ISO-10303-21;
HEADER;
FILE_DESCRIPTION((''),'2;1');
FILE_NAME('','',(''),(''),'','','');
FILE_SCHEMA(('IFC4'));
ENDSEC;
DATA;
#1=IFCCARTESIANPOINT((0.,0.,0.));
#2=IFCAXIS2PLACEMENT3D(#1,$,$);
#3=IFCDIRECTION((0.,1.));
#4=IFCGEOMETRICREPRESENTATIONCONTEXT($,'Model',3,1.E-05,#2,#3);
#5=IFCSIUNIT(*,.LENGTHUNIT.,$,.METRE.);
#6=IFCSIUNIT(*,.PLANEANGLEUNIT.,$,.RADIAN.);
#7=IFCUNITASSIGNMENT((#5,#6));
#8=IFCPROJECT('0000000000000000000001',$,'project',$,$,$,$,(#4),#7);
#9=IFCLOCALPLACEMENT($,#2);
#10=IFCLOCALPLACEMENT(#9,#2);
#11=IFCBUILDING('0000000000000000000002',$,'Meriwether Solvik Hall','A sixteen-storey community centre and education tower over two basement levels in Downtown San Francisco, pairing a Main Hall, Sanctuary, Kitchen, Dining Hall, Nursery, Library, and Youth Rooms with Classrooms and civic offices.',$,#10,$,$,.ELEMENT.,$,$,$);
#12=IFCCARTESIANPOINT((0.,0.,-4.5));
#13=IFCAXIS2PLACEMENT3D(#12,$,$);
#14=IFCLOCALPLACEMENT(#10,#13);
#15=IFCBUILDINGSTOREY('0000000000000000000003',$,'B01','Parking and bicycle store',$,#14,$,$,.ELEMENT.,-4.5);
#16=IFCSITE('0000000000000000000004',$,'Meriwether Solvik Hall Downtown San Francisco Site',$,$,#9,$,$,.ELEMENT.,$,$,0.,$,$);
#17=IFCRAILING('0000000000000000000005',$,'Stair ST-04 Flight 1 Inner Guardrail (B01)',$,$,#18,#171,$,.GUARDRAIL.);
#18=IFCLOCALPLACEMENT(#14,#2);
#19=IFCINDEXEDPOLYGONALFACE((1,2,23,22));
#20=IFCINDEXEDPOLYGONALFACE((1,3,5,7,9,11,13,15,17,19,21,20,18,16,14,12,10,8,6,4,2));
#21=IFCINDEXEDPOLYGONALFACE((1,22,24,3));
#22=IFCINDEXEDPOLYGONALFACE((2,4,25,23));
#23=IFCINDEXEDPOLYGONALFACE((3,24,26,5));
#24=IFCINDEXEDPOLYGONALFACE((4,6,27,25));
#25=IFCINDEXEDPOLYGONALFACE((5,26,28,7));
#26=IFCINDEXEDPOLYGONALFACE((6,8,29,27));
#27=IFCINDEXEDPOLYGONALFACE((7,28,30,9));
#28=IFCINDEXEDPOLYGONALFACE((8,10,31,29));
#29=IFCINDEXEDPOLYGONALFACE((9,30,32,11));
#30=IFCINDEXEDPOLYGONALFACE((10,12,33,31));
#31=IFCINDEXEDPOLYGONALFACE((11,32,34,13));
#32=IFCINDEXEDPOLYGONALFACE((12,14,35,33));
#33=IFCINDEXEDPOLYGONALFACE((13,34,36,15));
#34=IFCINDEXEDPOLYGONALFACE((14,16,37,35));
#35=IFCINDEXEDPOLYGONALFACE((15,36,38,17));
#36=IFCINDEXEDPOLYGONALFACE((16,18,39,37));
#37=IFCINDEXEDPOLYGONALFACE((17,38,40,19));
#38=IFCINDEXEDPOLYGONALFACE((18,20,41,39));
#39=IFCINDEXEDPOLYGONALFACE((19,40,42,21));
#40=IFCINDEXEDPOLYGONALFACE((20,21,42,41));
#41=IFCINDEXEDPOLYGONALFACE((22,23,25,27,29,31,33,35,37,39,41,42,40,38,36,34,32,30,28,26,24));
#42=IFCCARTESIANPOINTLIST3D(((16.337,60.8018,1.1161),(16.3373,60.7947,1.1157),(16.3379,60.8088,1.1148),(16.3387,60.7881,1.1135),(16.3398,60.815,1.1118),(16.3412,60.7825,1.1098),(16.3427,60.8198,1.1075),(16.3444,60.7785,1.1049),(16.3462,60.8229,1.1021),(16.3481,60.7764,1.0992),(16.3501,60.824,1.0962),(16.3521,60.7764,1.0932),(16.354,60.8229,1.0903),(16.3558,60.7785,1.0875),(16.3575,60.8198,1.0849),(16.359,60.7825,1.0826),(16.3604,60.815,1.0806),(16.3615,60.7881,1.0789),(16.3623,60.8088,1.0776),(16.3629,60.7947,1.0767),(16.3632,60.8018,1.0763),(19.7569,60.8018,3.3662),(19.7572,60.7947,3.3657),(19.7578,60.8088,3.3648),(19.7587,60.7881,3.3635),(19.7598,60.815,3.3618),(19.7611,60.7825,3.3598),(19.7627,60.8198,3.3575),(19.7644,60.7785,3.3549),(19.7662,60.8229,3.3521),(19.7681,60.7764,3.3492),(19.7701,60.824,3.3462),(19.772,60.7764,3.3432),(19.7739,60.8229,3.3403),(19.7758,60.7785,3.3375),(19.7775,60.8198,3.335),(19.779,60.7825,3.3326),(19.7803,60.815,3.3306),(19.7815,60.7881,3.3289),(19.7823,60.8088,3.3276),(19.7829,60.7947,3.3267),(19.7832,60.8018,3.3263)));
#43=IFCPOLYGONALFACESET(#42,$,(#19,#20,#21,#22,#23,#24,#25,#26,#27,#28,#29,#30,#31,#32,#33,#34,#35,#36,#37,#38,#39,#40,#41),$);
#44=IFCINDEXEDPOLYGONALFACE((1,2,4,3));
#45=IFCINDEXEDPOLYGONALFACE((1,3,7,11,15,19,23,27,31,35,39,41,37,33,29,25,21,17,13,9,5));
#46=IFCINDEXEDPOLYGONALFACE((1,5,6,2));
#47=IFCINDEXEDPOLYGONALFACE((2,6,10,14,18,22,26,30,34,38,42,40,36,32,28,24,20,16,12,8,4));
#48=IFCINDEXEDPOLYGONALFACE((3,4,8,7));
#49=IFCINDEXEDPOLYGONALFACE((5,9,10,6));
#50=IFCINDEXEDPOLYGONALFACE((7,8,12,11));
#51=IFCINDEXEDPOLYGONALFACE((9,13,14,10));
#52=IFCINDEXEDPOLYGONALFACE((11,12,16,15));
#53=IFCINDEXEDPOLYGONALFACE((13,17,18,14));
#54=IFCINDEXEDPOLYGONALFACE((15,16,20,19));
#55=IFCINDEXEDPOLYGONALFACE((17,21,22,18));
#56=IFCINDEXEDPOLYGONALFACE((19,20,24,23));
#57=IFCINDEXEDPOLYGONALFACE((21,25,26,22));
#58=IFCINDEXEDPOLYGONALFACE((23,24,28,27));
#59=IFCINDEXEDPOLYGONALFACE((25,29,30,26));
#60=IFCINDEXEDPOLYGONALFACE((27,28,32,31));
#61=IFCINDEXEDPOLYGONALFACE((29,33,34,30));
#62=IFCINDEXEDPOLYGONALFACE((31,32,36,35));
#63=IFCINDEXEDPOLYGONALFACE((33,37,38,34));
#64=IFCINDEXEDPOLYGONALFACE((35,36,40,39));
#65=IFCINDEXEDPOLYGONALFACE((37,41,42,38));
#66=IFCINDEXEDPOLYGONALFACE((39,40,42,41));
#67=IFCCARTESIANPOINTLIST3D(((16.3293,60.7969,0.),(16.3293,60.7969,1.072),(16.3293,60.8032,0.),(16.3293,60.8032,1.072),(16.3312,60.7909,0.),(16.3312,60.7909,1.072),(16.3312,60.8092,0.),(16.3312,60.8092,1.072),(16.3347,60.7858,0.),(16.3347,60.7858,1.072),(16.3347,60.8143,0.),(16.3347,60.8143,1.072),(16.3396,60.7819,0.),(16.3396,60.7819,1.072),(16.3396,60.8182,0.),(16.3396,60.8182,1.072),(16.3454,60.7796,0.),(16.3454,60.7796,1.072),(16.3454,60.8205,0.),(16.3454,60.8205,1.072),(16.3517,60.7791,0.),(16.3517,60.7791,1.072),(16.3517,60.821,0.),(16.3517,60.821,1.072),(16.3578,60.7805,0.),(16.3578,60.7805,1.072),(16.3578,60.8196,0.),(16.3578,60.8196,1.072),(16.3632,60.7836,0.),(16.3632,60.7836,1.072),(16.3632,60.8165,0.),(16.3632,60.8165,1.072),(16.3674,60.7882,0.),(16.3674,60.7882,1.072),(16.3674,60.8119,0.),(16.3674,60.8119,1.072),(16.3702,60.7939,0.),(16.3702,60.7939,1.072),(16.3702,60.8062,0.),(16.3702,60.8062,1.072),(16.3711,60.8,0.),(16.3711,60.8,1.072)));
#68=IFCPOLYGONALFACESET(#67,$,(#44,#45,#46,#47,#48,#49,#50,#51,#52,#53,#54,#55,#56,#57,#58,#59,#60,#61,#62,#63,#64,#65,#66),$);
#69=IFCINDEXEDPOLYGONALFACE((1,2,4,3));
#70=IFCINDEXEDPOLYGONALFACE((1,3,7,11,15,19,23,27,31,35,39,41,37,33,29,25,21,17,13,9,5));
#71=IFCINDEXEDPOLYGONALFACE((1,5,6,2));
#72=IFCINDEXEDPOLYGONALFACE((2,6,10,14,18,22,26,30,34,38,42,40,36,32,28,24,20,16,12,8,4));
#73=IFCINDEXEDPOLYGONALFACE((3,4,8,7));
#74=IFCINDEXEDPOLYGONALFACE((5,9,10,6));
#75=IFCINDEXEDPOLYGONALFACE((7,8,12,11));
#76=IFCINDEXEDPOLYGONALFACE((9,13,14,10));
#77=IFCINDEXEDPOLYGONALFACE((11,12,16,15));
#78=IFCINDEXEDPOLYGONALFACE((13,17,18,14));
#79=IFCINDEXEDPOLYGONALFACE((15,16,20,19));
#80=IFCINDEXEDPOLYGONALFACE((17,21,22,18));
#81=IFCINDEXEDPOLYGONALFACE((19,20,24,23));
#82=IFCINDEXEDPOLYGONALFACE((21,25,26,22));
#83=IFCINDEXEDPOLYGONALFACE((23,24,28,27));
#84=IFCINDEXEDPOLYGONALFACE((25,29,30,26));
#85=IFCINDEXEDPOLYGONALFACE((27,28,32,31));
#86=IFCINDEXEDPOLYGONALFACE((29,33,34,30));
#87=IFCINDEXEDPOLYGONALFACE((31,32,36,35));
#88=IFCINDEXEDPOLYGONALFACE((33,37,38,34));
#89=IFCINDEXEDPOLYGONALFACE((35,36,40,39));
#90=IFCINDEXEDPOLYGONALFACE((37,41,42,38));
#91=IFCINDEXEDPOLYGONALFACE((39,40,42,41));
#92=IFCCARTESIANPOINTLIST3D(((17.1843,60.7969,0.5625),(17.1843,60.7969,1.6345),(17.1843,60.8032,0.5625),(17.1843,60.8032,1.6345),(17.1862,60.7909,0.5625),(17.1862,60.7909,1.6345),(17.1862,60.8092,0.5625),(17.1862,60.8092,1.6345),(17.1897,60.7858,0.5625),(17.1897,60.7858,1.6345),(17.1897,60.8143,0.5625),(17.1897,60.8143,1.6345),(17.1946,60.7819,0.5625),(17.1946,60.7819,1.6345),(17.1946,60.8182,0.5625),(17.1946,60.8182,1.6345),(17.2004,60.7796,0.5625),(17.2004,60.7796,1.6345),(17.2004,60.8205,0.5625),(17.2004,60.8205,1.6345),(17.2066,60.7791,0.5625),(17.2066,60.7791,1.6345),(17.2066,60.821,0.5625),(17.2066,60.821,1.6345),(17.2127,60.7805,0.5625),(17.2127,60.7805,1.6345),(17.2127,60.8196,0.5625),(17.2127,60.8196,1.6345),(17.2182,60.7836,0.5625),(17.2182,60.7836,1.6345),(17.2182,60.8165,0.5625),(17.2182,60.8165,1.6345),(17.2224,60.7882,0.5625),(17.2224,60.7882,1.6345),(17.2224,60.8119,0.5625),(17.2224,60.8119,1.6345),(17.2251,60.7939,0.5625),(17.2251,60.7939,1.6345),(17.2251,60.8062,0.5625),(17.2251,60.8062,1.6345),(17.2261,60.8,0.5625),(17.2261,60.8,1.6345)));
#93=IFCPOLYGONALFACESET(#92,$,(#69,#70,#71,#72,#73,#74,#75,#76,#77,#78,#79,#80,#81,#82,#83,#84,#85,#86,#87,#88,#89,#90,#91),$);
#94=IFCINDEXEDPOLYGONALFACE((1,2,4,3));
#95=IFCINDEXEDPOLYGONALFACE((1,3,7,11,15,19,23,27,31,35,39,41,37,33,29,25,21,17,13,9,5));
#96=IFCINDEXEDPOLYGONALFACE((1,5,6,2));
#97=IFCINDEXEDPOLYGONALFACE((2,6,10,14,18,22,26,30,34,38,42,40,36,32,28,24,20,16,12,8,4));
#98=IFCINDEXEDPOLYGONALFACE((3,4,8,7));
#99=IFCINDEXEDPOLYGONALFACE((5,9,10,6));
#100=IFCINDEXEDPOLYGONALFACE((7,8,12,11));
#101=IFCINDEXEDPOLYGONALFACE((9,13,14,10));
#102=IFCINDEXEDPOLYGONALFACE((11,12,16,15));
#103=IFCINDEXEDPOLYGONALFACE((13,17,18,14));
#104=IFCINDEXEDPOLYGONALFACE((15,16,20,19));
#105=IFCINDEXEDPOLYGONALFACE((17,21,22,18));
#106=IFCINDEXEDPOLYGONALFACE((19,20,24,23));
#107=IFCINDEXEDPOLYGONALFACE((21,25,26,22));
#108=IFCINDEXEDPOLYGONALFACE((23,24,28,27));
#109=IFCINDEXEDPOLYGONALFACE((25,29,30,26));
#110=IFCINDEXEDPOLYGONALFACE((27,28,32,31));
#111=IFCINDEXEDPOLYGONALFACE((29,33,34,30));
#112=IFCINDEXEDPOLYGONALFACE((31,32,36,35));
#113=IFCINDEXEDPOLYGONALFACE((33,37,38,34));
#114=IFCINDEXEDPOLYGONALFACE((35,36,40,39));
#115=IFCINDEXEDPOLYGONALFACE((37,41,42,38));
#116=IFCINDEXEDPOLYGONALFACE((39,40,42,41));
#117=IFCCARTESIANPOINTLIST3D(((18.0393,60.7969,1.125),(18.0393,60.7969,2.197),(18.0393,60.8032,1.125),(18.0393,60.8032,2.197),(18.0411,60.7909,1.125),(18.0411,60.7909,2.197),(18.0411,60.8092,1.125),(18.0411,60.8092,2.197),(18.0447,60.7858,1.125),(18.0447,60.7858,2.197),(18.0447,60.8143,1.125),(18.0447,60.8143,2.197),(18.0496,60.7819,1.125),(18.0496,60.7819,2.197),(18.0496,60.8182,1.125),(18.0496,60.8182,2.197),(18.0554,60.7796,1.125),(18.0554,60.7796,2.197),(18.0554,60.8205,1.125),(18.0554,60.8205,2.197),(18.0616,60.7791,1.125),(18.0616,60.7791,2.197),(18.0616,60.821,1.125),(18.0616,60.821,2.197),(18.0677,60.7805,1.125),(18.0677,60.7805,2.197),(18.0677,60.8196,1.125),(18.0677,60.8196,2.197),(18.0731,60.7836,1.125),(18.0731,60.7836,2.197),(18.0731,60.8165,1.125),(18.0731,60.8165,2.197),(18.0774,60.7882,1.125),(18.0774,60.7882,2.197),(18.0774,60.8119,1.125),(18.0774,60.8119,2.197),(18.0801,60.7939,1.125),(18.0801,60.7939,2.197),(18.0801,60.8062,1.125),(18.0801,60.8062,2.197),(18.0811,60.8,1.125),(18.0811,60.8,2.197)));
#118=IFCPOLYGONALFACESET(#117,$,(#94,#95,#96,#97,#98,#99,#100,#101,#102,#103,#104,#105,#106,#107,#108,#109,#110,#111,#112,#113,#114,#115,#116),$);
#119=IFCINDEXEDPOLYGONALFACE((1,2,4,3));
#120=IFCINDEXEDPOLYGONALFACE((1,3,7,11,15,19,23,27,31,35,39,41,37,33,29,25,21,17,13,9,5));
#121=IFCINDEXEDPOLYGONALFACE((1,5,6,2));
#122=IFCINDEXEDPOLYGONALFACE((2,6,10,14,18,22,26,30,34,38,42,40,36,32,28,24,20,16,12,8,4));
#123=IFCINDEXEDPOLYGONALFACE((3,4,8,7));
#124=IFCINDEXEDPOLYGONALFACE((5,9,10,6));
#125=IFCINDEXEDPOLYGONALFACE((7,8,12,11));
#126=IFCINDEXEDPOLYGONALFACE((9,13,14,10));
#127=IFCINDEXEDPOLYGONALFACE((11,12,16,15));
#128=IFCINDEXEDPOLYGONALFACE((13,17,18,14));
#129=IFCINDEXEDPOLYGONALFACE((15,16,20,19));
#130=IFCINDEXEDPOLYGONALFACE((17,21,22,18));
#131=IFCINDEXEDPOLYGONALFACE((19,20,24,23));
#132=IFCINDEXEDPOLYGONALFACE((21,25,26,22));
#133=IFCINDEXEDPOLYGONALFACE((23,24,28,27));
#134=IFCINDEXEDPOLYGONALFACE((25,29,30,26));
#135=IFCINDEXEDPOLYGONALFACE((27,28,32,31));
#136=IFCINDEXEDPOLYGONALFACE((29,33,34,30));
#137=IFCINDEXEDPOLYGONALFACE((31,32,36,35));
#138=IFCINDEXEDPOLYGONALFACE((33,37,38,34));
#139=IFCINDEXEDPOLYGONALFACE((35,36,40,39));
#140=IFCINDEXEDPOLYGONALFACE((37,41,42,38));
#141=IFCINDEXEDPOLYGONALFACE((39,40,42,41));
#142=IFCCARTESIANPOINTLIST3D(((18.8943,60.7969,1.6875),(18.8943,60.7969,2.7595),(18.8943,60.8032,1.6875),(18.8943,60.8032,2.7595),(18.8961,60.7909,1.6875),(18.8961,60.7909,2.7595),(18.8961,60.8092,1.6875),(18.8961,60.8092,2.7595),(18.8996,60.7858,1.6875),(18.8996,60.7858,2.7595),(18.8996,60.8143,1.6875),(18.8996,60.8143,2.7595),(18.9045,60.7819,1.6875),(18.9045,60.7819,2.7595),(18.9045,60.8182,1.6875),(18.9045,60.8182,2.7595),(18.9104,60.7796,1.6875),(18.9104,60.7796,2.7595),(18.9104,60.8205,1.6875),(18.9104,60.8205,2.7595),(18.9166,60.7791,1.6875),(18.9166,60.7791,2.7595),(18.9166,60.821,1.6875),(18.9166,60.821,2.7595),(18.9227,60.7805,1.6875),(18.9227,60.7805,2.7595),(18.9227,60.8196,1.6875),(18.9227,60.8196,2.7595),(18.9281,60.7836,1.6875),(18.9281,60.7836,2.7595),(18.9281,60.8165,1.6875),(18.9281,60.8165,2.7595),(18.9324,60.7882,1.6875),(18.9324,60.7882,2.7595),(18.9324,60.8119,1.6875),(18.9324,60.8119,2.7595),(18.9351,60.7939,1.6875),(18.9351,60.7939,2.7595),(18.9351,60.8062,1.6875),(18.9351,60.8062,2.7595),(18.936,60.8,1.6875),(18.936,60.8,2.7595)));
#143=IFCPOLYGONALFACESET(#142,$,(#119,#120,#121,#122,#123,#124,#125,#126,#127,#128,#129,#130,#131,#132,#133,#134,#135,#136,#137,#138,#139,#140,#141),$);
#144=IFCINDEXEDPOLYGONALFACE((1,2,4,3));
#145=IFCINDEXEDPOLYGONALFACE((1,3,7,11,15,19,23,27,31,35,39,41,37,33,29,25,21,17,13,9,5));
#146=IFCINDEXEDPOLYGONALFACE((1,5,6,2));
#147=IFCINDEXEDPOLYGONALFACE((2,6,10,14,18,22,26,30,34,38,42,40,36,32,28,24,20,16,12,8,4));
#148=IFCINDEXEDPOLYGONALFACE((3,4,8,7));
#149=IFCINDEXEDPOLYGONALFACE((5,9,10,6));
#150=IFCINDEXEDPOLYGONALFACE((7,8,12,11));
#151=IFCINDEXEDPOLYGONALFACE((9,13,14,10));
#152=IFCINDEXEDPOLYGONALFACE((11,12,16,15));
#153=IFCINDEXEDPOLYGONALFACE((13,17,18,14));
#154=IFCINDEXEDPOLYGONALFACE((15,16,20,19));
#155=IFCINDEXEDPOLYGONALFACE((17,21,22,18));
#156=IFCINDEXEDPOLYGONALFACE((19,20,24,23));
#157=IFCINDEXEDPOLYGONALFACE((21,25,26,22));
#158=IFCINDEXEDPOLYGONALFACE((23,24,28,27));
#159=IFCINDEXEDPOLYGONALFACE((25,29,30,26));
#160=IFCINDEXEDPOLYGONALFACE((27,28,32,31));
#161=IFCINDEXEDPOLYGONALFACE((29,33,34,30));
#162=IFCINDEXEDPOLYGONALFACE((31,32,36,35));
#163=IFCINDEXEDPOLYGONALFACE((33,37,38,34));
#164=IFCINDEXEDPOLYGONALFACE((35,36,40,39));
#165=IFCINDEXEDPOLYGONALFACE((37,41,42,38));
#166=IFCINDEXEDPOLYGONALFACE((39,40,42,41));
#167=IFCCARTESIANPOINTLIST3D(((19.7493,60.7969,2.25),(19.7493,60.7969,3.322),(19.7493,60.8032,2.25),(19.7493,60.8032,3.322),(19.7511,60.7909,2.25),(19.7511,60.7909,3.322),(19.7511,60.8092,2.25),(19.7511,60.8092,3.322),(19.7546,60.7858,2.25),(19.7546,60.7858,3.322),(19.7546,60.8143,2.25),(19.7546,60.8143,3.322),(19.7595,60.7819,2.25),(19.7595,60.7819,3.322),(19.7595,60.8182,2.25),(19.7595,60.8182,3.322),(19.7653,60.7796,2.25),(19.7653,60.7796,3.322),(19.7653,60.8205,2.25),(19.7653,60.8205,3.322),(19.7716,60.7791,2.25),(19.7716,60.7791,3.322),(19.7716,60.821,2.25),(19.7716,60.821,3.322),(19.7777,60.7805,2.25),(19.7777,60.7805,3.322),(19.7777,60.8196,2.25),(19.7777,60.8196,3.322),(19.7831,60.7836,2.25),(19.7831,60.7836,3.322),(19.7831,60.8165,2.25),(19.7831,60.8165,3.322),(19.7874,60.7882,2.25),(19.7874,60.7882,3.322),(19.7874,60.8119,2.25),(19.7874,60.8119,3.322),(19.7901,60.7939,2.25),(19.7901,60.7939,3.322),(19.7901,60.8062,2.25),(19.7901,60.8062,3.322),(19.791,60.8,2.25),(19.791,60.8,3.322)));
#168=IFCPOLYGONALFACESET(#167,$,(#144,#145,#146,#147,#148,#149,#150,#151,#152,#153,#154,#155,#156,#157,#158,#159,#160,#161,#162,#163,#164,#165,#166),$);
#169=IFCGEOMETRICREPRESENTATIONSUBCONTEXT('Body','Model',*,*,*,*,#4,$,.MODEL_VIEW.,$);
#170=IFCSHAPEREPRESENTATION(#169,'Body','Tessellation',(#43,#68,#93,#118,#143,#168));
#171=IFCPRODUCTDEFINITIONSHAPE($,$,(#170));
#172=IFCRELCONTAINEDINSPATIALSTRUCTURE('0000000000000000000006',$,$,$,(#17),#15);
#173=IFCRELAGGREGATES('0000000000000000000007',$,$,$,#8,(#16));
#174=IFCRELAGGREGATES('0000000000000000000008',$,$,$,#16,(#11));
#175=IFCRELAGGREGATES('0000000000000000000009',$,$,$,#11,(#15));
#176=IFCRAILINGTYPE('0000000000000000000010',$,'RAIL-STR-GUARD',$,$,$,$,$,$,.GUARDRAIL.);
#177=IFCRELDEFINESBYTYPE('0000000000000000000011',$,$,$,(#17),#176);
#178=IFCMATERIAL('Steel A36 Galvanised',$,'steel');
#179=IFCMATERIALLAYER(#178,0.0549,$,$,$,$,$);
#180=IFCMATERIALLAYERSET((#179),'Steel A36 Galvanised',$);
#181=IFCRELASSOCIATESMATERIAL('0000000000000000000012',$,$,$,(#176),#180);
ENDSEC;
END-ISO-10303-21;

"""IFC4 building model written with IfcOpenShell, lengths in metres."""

from ifc_helpers import new_model, si_unit, direction, frame, origin, origin_2d, place, context, subcontext, project, spatial, circle, extrude, material, layer, layer_set, type_object, element, save


model = new_model("IFC4")

# Units and contexts
model_context = context("Model", 3, precision=1e-05, world=origin(), true_north=direction((0.0, 1.0)))
body_context = subcontext(model_context, "Body", "Model", "MODEL_VIEW")
ifc_project = project(units=[si_unit("LENGTHUNIT", "METRE"), si_unit("PLANEANGLEUNIT", "RADIAN")], contexts=[model_context])

# Site, building, storey
site_placement = place(None, origin())
site = spatial("IfcSite", under=ifc_project, at=site_placement, Name="Meriwether Solvik Hall Downtown San Francisco Site", CompositionType="ELEMENT", RefElevation=0.0)
building_placement = place(site_placement, origin())
building = spatial("IfcBuilding", under=site, at=building_placement, Name="Meriwether Solvik Hall", Description="A sixteen-storey community centre and education tower over two basement levels in Downtown San Francisco, pairing a Main Hall, Sanctuary, Kitchen, Dining Hall, Nursery, Library, and Youth Rooms with Classrooms and civic offices.", CompositionType="ELEMENT")
storey_placement = place(building_placement, frame((0.0, 0.0, -4.5)))
storey = spatial("IfcBuildingStorey", under=building, at=storey_placement, Name="B01", Description="Parking and bicycle store", CompositionType="ELEMENT", Elevation=-4.5)

# Railing
ifc_material_1 = material(Name="Steel A36 Galvanised", Category="steel")
ifc_layer_1 = layer(ifc_material_1, 0.0549)
ifc_layer_set_1 = layer_set([ifc_layer_1], Name="Steel A36 Galvanised")
railing_type_1 = type_object("IfcRailingType", Name="RAIL-STR-GUARD", PredefinedType="GUARDRAIL", material=ifc_layer_set_1)
railing_1_placement = place(storey_placement, frame((16.3501, 60.8, 0.0)))
element("IfcRailing", 1, at=railing_1_placement, inside=storey, type_object=railing_type_1, Name="Stair ST-04 Flight 1 Inner Guardrail (B01)", PredefinedType="GUARDRAIL", context=body_context, shape_type="SweptSolid", body=[
    extrude(circle(Radius=0.0239, at=origin_2d()), frame((0.0, 0.0, 1.0962), z_axis=(0.835411, 0.0, 0.549625), x_axis=(0.0, 1.0, 0.0)), (0.0, 0.0, 1.0), 4.0938),
    extrude(circle(Radius=0.021, at=origin_2d()), origin(), (0.0, 0.0, 1.0), 1.072),
    extrude(circle(Radius=0.021, at=origin_2d()), frame((0.855, 0.0, 0.5625)), (0.0, 0.0, 1.0), 1.072),
    extrude(circle(Radius=0.021, at=origin_2d()), frame((1.71, 0.0, 1.125)), (0.0, 0.0, 1.0), 1.072),
    extrude(circle(Radius=0.021, at=origin_2d()), frame((2.5649, 0.0, 1.6875)), (0.0, 0.0, 1.0), 1.072),
    extrude(circle(Radius=0.021, at=origin_2d()), frame((3.4199, 0.0, 2.25)), (0.0, 0.0, 1.0), 1.072),
])

save(model, "model.ifc")
